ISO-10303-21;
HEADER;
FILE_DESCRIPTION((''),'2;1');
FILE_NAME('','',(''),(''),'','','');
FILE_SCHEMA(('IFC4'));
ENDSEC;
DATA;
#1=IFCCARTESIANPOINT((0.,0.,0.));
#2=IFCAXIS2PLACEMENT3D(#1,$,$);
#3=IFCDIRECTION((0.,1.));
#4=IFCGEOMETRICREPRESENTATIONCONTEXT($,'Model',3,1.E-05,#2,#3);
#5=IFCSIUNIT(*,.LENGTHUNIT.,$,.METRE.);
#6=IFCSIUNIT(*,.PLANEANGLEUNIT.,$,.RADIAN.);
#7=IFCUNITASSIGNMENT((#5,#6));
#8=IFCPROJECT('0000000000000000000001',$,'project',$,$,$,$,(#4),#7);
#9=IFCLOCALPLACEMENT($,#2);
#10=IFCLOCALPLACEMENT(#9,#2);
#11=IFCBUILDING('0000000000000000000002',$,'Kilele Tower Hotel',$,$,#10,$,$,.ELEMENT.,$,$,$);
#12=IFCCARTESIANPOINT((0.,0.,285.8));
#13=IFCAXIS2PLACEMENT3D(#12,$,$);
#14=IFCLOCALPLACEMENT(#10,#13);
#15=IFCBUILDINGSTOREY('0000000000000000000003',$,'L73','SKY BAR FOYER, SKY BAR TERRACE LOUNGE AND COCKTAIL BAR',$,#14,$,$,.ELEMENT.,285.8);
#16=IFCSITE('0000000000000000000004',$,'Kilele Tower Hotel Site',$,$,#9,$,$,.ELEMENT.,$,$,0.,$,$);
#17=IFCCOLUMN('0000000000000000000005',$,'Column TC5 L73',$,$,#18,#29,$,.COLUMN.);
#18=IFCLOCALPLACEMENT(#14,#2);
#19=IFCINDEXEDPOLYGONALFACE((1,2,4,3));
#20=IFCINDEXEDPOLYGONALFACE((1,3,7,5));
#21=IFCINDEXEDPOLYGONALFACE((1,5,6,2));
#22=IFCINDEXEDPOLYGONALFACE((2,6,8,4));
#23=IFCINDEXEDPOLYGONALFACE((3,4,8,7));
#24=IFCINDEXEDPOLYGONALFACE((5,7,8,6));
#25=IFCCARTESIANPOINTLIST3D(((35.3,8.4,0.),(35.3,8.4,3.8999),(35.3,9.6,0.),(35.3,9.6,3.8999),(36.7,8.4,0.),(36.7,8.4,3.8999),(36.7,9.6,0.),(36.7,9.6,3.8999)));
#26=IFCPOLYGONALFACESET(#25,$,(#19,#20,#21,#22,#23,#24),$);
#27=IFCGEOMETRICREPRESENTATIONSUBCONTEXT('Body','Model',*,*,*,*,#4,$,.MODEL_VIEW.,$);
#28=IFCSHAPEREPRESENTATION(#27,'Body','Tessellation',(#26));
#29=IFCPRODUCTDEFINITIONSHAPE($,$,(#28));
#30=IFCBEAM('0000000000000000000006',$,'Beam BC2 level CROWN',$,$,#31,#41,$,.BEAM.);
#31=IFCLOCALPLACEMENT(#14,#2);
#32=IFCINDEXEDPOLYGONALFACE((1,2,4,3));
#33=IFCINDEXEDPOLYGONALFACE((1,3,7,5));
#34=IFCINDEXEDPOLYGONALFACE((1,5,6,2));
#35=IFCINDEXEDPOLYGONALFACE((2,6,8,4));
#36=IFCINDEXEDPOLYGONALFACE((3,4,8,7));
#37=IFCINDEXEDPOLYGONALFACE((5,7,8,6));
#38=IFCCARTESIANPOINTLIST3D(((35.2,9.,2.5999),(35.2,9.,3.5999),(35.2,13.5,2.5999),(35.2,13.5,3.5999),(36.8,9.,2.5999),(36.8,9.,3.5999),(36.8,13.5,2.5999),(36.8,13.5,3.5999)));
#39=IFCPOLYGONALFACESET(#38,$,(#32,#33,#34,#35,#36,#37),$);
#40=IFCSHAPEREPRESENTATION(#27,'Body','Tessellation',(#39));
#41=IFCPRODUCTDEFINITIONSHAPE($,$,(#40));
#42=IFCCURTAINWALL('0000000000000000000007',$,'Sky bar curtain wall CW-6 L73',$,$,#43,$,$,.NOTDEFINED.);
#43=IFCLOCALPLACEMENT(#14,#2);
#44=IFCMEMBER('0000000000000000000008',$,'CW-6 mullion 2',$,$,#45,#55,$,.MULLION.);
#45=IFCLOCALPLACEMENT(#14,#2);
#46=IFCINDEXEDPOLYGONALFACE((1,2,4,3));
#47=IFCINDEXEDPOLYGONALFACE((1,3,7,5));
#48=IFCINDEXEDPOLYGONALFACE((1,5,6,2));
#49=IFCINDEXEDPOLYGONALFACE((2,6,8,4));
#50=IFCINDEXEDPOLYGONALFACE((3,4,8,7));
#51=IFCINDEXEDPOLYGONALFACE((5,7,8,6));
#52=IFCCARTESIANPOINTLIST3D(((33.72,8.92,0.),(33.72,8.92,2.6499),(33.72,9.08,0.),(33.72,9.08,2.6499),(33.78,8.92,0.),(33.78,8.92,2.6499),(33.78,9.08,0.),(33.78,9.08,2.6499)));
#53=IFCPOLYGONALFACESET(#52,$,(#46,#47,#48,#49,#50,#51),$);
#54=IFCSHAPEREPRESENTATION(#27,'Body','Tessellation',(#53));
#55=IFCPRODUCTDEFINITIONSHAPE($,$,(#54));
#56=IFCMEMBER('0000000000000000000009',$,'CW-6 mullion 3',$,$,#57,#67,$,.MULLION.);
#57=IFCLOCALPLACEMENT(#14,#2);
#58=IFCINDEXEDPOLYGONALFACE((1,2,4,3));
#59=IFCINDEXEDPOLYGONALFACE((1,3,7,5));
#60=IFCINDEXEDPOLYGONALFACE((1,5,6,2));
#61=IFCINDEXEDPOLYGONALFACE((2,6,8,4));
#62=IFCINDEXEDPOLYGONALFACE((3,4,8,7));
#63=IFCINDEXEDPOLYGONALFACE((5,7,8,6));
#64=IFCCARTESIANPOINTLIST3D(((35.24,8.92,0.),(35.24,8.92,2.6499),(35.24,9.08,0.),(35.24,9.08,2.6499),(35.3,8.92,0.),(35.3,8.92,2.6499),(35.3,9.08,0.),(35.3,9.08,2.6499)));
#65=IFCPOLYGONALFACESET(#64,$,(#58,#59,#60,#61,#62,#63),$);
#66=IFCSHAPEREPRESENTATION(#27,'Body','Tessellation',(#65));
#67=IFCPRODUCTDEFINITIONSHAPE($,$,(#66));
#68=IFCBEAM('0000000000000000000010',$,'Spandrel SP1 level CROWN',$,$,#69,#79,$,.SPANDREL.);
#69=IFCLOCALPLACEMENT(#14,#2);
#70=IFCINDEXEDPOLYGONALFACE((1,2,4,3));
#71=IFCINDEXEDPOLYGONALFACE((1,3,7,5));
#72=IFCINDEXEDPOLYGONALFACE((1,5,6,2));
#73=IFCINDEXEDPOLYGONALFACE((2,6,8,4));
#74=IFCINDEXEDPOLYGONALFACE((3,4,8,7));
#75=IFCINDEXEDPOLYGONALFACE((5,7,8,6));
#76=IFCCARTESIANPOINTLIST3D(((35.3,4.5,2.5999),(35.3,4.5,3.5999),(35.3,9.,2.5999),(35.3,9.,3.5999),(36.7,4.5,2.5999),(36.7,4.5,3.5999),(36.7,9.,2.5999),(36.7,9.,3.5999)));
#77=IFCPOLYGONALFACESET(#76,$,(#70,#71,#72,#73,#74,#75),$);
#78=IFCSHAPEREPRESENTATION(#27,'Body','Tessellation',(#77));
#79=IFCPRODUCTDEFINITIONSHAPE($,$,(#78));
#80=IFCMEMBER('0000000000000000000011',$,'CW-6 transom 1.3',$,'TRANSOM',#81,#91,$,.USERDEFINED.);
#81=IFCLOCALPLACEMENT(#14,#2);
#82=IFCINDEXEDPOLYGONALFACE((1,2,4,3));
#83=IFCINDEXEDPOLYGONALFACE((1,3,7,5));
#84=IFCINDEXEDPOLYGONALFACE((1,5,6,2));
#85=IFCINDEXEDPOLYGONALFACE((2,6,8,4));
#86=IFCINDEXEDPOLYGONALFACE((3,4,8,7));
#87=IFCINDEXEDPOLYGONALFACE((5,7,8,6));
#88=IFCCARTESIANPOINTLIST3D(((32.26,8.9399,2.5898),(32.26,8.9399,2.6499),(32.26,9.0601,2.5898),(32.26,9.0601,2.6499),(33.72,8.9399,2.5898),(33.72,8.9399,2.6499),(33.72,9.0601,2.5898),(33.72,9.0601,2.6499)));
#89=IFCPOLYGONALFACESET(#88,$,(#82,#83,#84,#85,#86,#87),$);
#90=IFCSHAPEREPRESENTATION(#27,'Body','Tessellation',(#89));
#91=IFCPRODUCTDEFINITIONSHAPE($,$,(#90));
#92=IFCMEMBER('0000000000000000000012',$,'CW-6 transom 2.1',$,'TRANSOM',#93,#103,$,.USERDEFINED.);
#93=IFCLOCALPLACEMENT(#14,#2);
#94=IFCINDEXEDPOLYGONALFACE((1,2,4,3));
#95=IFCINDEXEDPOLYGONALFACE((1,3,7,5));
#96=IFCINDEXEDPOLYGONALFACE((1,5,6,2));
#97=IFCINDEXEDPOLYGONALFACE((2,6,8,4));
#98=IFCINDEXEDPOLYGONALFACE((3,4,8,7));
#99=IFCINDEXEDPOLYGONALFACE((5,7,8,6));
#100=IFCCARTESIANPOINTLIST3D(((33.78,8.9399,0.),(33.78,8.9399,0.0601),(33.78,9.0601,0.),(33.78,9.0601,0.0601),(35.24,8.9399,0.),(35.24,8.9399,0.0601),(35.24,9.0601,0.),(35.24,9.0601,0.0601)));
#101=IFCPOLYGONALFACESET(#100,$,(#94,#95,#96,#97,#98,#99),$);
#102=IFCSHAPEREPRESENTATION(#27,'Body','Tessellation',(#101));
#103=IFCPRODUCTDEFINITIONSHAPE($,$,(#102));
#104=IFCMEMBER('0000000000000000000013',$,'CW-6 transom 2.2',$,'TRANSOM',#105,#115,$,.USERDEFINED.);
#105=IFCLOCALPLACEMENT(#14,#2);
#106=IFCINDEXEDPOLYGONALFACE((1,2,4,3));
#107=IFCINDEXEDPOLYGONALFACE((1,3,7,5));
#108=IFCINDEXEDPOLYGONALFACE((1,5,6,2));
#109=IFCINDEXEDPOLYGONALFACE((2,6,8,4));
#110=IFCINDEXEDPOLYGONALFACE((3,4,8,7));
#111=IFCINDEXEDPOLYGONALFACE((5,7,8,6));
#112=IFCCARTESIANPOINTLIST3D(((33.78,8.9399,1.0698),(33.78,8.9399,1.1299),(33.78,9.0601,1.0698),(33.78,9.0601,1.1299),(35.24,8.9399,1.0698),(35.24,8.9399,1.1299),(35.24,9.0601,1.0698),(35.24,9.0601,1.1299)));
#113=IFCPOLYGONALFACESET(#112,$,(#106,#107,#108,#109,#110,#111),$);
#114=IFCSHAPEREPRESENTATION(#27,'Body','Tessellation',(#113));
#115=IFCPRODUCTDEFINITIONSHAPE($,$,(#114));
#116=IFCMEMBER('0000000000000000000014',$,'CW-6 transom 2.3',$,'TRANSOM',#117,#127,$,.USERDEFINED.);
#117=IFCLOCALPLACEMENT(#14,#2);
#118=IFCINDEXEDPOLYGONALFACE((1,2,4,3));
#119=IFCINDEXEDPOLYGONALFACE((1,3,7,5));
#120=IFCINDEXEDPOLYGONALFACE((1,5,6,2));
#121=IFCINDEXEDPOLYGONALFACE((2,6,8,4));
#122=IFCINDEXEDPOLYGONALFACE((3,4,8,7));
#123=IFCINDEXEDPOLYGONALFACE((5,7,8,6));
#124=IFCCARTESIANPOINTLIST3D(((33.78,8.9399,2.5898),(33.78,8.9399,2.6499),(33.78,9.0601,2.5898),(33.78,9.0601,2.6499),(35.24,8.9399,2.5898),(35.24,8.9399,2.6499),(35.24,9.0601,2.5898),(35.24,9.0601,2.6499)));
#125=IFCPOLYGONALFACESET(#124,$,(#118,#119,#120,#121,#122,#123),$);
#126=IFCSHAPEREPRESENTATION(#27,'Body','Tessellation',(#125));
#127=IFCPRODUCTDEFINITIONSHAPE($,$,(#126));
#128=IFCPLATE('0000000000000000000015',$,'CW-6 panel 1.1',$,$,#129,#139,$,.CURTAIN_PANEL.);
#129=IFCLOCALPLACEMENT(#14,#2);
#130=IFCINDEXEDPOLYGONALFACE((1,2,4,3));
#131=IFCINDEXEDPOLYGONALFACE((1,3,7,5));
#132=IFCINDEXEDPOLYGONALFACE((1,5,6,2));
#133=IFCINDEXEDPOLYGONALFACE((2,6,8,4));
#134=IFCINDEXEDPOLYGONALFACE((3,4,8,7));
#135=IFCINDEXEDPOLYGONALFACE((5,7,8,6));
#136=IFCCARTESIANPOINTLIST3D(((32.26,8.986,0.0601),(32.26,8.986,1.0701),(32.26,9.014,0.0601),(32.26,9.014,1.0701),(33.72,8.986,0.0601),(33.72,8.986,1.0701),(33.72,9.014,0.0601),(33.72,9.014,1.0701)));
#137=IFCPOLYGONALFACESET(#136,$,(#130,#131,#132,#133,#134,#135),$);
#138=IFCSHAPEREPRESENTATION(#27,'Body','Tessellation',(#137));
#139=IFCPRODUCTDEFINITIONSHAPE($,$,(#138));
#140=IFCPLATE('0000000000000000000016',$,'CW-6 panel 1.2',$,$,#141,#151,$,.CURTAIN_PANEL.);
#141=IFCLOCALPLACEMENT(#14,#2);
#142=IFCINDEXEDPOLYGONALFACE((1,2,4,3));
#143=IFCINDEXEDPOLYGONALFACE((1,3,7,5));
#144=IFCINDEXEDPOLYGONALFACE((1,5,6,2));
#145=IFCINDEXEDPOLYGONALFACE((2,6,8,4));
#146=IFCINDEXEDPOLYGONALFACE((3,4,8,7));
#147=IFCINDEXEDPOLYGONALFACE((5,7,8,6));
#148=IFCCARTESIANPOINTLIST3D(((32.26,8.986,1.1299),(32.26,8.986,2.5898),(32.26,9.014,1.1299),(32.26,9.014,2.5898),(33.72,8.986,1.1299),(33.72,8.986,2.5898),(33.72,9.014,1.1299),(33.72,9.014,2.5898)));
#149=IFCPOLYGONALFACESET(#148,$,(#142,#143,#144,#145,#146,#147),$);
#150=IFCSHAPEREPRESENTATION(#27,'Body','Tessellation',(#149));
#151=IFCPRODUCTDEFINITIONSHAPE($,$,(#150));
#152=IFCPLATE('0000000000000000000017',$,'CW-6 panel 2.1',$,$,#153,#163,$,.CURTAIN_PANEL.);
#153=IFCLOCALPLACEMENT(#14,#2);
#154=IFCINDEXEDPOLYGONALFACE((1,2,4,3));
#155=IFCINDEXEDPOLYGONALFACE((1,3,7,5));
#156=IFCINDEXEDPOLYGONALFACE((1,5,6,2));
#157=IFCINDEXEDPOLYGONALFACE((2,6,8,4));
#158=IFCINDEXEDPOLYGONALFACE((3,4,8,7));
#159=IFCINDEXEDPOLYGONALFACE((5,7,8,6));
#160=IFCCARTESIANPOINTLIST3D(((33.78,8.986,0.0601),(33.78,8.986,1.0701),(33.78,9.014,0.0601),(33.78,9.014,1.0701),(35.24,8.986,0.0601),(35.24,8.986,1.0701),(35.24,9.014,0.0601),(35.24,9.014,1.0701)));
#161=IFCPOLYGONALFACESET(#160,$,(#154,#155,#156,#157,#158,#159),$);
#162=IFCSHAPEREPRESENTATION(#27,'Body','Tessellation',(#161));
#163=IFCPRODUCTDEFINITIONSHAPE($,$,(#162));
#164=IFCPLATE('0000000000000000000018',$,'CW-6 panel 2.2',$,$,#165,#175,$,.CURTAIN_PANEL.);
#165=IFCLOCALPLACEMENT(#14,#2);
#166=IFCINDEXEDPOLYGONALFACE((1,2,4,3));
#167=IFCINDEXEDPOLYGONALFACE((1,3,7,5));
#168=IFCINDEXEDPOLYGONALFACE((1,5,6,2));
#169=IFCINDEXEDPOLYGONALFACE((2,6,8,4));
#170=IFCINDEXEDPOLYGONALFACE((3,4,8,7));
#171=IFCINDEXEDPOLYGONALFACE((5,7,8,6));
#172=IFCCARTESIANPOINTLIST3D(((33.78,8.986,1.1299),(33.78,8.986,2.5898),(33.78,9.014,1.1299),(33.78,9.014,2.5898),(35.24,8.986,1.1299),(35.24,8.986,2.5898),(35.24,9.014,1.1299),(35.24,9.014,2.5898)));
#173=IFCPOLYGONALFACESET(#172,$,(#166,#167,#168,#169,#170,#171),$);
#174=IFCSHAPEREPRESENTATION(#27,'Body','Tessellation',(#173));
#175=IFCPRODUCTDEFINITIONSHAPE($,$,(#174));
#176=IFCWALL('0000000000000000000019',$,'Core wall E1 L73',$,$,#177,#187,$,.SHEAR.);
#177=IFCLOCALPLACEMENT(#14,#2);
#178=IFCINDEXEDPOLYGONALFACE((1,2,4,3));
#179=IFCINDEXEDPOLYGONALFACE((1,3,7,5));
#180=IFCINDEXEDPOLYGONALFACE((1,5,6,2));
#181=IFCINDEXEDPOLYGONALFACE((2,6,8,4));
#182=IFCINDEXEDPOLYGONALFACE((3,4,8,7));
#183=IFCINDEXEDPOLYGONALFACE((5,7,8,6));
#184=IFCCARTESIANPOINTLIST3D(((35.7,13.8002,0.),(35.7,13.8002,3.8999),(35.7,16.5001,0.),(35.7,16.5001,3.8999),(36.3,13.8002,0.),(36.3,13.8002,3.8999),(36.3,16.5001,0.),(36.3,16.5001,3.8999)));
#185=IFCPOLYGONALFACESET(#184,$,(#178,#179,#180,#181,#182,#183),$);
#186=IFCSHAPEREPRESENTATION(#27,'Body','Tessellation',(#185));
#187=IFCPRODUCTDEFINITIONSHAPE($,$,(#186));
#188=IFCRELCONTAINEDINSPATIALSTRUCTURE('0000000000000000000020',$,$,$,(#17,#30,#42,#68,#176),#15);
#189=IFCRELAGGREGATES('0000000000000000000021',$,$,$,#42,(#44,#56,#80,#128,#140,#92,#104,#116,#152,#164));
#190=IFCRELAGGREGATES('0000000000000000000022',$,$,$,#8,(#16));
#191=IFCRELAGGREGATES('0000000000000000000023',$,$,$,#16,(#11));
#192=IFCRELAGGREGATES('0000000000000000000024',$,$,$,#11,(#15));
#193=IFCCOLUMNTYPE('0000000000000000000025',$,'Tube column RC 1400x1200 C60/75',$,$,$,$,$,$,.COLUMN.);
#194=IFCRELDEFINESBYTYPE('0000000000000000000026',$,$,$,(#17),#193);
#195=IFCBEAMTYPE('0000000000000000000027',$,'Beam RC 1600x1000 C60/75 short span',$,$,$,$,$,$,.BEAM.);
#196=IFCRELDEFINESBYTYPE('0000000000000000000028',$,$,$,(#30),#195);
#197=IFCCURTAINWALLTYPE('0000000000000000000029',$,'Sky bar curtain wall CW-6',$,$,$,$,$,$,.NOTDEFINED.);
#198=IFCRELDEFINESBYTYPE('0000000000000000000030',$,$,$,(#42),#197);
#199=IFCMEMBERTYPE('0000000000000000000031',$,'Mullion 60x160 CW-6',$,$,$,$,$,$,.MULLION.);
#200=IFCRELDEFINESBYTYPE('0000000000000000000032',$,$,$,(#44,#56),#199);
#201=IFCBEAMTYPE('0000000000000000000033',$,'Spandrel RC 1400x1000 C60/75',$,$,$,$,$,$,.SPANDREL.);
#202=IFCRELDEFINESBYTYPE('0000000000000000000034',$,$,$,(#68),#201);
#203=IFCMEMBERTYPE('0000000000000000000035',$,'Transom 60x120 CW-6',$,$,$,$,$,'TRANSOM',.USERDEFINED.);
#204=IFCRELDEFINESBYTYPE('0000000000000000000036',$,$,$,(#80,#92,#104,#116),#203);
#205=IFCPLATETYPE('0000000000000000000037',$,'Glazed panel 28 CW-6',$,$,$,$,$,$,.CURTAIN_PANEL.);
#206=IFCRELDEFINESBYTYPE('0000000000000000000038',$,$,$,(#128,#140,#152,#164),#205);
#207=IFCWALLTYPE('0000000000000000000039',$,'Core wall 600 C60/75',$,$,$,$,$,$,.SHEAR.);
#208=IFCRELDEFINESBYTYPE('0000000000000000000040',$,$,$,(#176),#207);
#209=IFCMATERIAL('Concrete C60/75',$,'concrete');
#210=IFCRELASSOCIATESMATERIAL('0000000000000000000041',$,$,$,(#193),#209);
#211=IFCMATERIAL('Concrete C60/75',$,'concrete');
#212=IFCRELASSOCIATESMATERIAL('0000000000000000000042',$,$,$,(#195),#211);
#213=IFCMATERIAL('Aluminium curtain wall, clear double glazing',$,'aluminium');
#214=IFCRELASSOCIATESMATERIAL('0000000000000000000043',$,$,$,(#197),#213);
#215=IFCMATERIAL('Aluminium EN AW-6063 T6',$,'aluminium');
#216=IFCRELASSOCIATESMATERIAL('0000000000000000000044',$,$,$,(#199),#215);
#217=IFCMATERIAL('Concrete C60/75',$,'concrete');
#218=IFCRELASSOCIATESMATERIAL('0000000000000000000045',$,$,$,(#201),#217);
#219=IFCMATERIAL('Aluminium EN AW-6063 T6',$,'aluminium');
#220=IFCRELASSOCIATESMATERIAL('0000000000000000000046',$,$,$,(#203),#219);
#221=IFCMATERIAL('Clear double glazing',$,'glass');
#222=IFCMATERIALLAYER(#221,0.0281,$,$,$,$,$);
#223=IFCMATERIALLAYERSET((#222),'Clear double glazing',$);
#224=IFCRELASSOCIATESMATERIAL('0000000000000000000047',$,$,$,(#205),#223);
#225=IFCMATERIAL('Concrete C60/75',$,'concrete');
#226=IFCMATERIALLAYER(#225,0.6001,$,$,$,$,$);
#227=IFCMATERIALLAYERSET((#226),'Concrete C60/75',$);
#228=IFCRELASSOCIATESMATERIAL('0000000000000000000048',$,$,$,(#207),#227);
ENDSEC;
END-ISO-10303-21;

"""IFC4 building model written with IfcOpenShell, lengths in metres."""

from ifc_helpers import new_model, si_unit, direction, frame, frame_2d, origin, origin_2d, place, context, subcontext, project, spatial, rectangle, extrude, material, layer, layer_set, material_profile, profile_set, type_object, element, aggregate, save


model = new_model("IFC4")

# Units and contexts
model_context = context("Model", 3, precision=1e-05, world=origin(), true_north=direction((0.0, 1.0)))
body_context = subcontext(model_context, "Body", "Model", "MODEL_VIEW")
ifc_project = project(units=[si_unit("LENGTHUNIT", "METRE"), si_unit("PLANEANGLEUNIT", "RADIAN")], contexts=[model_context])

# Site, building, storey
site_placement = place(None, origin())
site = spatial("IfcSite", under=ifc_project, at=site_placement, Name="Kilele Tower Hotel Site", CompositionType="ELEMENT", RefElevation=0.0)
building_placement = place(site_placement, origin())
building = spatial("IfcBuilding", under=site, at=building_placement, Name="Kilele Tower Hotel", CompositionType="ELEMENT")
storey_placement = place(building_placement, frame((0.0, 0.0, 285.8)))
storey = spatial("IfcBuildingStorey", under=building, at=storey_placement, Name="L73", Description="SKY BAR FOYER, SKY BAR TERRACE LOUNGE AND COCKTAIL BAR", CompositionType="ELEMENT", Elevation=285.8)

# Column
ifc_material_1 = material(Name="Concrete C60/75", Category="concrete")
ifc_material_profile_1 = material_profile(ifc_material_1, rectangle(XDim=1.3999, YDim=1.2, at=origin_2d()))
ifc_profile_set_1 = profile_set([ifc_material_profile_1], Name="Concrete C60/75")
column_type = type_object("IfcColumnType", Name="Tube column RC 1400x1200 C60/75", PredefinedType="COLUMN", material=ifc_profile_set_1)
column_placement = place(storey_placement, frame((36.0, 9.0, 0.0), z_axis=(0.0, 0.0, 1.0), x_axis=(1.0, 0.0, 0.0)))
element("IfcColumn", 1, at=column_placement, inside=storey, type_object=column_type, Name="Column TC5 L73", PredefinedType="COLUMN", context=body_context, shape_type="SweptSolid", body=[
    extrude(rectangle(XDim=1.3999, YDim=1.2, at=origin_2d()), origin(), (0.0, 0.0, 1.0), 3.8999),
])

# Beam
ifc_material_2 = material(Name="Concrete C60/75", Category="concrete")
ifc_material_profile_2 = material_profile(ifc_material_2, rectangle(XDim=1.6001, YDim=1.0, at=origin_2d()))
ifc_profile_set_2 = profile_set([ifc_material_profile_2], Name="Concrete C60/75")
beam_type_1 = type_object("IfcBeamType", Name="Beam RC 1600x1000 C60/75 short span", PredefinedType="BEAM", material=ifc_profile_set_2)
beam_1_placement = place(storey_placement, frame((36.0, 9.0, 3.0999), z_axis=(0.0, 1.0, 0.0), x_axis=(-1.0, 0.0, 0.0)))
element("IfcBeam", 2, at=beam_1_placement, inside=storey, type_object=beam_type_1, Name="Beam BC2 level CROWN", PredefinedType="BEAM", context=body_context, shape_type="SweptSolid", body=[
    extrude(rectangle(XDim=1.6001, YDim=1.0, at=origin_2d()), origin(), (0.0, 0.0, 1.0), 4.5),
])

# Curtain wall, members
ifc_material_3 = material(Name="Aluminium curtain wall, clear double glazing", Category="aluminium")
curtain_wall_type = type_object("IfcCurtainWallType", Name="Sky bar curtain wall CW-6", PredefinedType="NOTDEFINED", material=ifc_material_3)
curtain_wall_placement = place(storey_placement, origin())
curtain_wall = element("IfcCurtainWall", 3, at=curtain_wall_placement, inside=storey, type_object=curtain_wall_type, Name="Sky bar curtain wall CW-6 L73", PredefinedType="NOTDEFINED")
ifc_material_4 = material(Name="Aluminium EN AW-6063 T6", Category="aluminium")
ifc_material_profile_3 = material_profile(ifc_material_4, rectangle(XDim=0.1599, YDim=0.0601, at=origin_2d()))
ifc_profile_set_3 = profile_set([ifc_material_profile_3], Name="Aluminium EN AW-6063 T6")
member_type_1 = type_object("IfcMemberType", Name="Mullion 60x160 CW-6", PredefinedType="MULLION", material=ifc_profile_set_3)
member_1_placement = place(storey_placement, frame((33.75, 9.0, 0.0), z_axis=(0.0, 0.0, 1.0), x_axis=(0.0, 1.0, 0.0)))
member_1 = element("IfcMember", 4, at=member_1_placement, type_object=member_type_1, Name="CW-6 mullion 2", PredefinedType="MULLION", context=body_context, shape_type="SweptSolid", body=[
    extrude(rectangle(XDim=0.1599, YDim=0.0601, at=origin_2d()), origin(), (0.0, 0.0, 1.0), 2.6499),
])
member_2_placement = place(storey_placement, frame((35.27, 9.0, 0.0), z_axis=(0.0, 0.0, 1.0), x_axis=(0.0, 1.0, 0.0)))
member_2 = element("IfcMember", 5, at=member_2_placement, type_object=member_type_1, Name="CW-6 mullion 3", PredefinedType="MULLION", context=body_context, shape_type="SweptSolid", body=[
    extrude(rectangle(XDim=0.1599, YDim=0.0601, at=origin_2d()), origin(), (0.0, 0.0, 1.0), 2.6499),
])

# Beam
ifc_material_5 = material(Name="Concrete C60/75", Category="concrete")
ifc_material_profile_4 = material_profile(ifc_material_5, rectangle(XDim=1.3999, YDim=1.0, at=origin_2d()))
ifc_profile_set_4 = profile_set([ifc_material_profile_4], Name="Concrete C60/75")
beam_type_2 = type_object("IfcBeamType", Name="Spandrel RC 1400x1000 C60/75", PredefinedType="SPANDREL", material=ifc_profile_set_4)
beam_2_placement = place(storey_placement, frame((36.0, 9.0, 3.0999), z_axis=(0.0, -1.0, 0.0), x_axis=(1.0, 0.0, 0.0)))
element("IfcBeam", 6, at=beam_2_placement, inside=storey, type_object=beam_type_2, Name="Spandrel SP1 level CROWN", PredefinedType="SPANDREL", context=body_context, shape_type="SweptSolid", body=[
    extrude(rectangle(XDim=1.3999, YDim=1.0, at=origin_2d()), origin(), (0.0, 0.0, 1.0), 4.5),
])

# Members
ifc_material_6 = material(Name="Aluminium EN AW-6063 T6", Category="aluminium")
ifc_material_profile_5 = material_profile(ifc_material_6, rectangle(XDim=0.1201, YDim=0.0601, at=origin_2d()))
ifc_profile_set_5 = profile_set([ifc_material_profile_5], Name="Aluminium EN AW-6063 T6")
member_type_2 = type_object("IfcMemberType", Name="Transom 60x120 CW-6", ElementType="TRANSOM", PredefinedType="USERDEFINED", material=ifc_profile_set_5)
member_3_placement = place(storey_placement, frame((32.26, 9.0, 2.6199), z_axis=(1.0, 0.0, 0.0), x_axis=(0.0, 1.0, 0.0)))
member_3 = element("IfcMember", 7, at=member_3_placement, type_object=member_type_2, Name="CW-6 transom 1.3", ObjectType="TRANSOM", PredefinedType="USERDEFINED", context=body_context, shape_type="SweptSolid", body=[
    extrude(rectangle(XDim=0.1201, YDim=0.0601, at=origin_2d()), origin(), (0.0, 0.0, 1.0), 1.46),
])
member_4_placement = place(storey_placement, frame((33.78, 9.0, 0.03), z_axis=(1.0, 0.0, 0.0), x_axis=(0.0, 1.0, 0.0)))
member_4 = element("IfcMember", 8, at=member_4_placement, type_object=member_type_2, Name="CW-6 transom 2.1", ObjectType="TRANSOM", PredefinedType="USERDEFINED", context=body_context, shape_type="SweptSolid", body=[
    extrude(rectangle(XDim=0.1201, YDim=0.0601, at=origin_2d()), origin(), (0.0, 0.0, 1.0), 1.46),
])
member_5_placement = place(storey_placement, frame((33.78, 9.0, 1.0999), z_axis=(1.0, 0.0, 0.0), x_axis=(0.0, 1.0, 0.0)))
member_5 = element("IfcMember", 9, at=member_5_placement, type_object=member_type_2, Name="CW-6 transom 2.2", ObjectType="TRANSOM", PredefinedType="USERDEFINED", context=body_context, shape_type="SweptSolid", body=[
    extrude(rectangle(XDim=0.1201, YDim=0.0601, at=origin_2d()), origin(), (0.0, 0.0, 1.0), 1.46),
])
member_6_placement = place(storey_placement, frame((33.78, 9.0, 2.6199), z_axis=(1.0, 0.0, 0.0), x_axis=(0.0, 1.0, 0.0)))
member_6 = element("IfcMember", 10, at=member_6_placement, type_object=member_type_2, Name="CW-6 transom 2.3", ObjectType="TRANSOM", PredefinedType="USERDEFINED", context=body_context, shape_type="SweptSolid", body=[
    extrude(rectangle(XDim=0.1201, YDim=0.0601, at=origin_2d()), origin(), (0.0, 0.0, 1.0), 1.46),
])

# Plates
ifc_material_7 = material(Name="Clear double glazing", Category="glass")
ifc_layer_1 = layer(ifc_material_7, 0.0281)
ifc_layer_set_1 = layer_set([ifc_layer_1], Name="Clear double glazing")
plate_type = type_object("IfcPlateType", Name="Glazed panel 28 CW-6", PredefinedType="CURTAIN_PANEL", material=ifc_layer_set_1)
plate_1_placement = place(storey_placement, frame((32.99, 9.0, 0.0601), z_axis=(0.0, 0.0, 1.0), x_axis=(1.0, 0.0, 0.0)))
plate_1 = element("IfcPlate", 11, at=plate_1_placement, type_object=plate_type, Name="CW-6 panel 1.1", PredefinedType="CURTAIN_PANEL", context=body_context, shape_type="SweptSolid", body=[
    extrude(rectangle(XDim=1.46, YDim=0.0281, at=origin_2d()), origin(), (0.0, 0.0, 1.0), 1.01),
])
plate_2_placement = place(storey_placement, frame((32.99, 9.0, 1.1299), z_axis=(0.0, 0.0, 1.0), x_axis=(1.0, 0.0, 0.0)))
plate_2 = element("IfcPlate", 12, at=plate_2_placement, type_object=plate_type, Name="CW-6 panel 1.2", PredefinedType="CURTAIN_PANEL", context=body_context, shape_type="SweptSolid", body=[
    extrude(rectangle(XDim=1.46, YDim=0.0281, at=origin_2d()), origin(), (0.0, 0.0, 1.0), 1.46),
])
plate_3_placement = place(storey_placement, frame((34.51, 9.0, 0.0601), z_axis=(0.0, 0.0, 1.0), x_axis=(1.0, 0.0, 0.0)))
plate_3 = element("IfcPlate", 13, at=plate_3_placement, type_object=plate_type, Name="CW-6 panel 2.1", PredefinedType="CURTAIN_PANEL", context=body_context, shape_type="SweptSolid", body=[
    extrude(rectangle(XDim=1.46, YDim=0.0281, at=origin_2d()), origin(), (0.0, 0.0, 1.0), 1.01),
])
plate_4_placement = place(storey_placement, frame((34.51, 9.0, 1.1299), z_axis=(0.0, 0.0, 1.0), x_axis=(1.0, 0.0, 0.0)))
plate_4 = element("IfcPlate", 14, at=plate_4_placement, type_object=plate_type, Name="CW-6 panel 2.2", PredefinedType="CURTAIN_PANEL", context=body_context, shape_type="SweptSolid", body=[
    extrude(rectangle(XDim=1.46, YDim=0.0281, at=origin_2d()), origin(), (0.0, 0.0, 1.0), 1.46),
])
aggregate(curtain_wall, [member_1, member_2, member_3, plate_1, plate_2, member_4, member_5, member_6, plate_3, plate_4])

# Wall
ifc_material_8 = material(Name="Concrete C60/75", Category="concrete")
ifc_layer_2 = layer(ifc_material_8, 0.6001)
ifc_layer_set_2 = layer_set([ifc_layer_2], Name="Concrete C60/75")
wall_type_1 = type_object("IfcWallType", Name="Core wall 600 C60/75", PredefinedType="SHEAR", material=ifc_layer_set_2)
wall_1_placement = place(storey_placement, frame((36.0, 13.8, 0.0), z_axis=(0.0, 0.0, 1.0), x_axis=(0.0, 1.0, 0.0)))
element("IfcWall", 15, at=wall_1_placement, inside=storey, type_object=wall_type_1, Name="Core wall E1 L73", PredefinedType="SHEAR", context=body_context, shape_type="SweptSolid", body=[
    extrude(rectangle(XDim=2.7, YDim=0.6001, at=frame_2d((1.3501, 0.0))), origin(), (0.0, 0.0, 1.0), 3.8999),
])

save(model, "model.ifc")
